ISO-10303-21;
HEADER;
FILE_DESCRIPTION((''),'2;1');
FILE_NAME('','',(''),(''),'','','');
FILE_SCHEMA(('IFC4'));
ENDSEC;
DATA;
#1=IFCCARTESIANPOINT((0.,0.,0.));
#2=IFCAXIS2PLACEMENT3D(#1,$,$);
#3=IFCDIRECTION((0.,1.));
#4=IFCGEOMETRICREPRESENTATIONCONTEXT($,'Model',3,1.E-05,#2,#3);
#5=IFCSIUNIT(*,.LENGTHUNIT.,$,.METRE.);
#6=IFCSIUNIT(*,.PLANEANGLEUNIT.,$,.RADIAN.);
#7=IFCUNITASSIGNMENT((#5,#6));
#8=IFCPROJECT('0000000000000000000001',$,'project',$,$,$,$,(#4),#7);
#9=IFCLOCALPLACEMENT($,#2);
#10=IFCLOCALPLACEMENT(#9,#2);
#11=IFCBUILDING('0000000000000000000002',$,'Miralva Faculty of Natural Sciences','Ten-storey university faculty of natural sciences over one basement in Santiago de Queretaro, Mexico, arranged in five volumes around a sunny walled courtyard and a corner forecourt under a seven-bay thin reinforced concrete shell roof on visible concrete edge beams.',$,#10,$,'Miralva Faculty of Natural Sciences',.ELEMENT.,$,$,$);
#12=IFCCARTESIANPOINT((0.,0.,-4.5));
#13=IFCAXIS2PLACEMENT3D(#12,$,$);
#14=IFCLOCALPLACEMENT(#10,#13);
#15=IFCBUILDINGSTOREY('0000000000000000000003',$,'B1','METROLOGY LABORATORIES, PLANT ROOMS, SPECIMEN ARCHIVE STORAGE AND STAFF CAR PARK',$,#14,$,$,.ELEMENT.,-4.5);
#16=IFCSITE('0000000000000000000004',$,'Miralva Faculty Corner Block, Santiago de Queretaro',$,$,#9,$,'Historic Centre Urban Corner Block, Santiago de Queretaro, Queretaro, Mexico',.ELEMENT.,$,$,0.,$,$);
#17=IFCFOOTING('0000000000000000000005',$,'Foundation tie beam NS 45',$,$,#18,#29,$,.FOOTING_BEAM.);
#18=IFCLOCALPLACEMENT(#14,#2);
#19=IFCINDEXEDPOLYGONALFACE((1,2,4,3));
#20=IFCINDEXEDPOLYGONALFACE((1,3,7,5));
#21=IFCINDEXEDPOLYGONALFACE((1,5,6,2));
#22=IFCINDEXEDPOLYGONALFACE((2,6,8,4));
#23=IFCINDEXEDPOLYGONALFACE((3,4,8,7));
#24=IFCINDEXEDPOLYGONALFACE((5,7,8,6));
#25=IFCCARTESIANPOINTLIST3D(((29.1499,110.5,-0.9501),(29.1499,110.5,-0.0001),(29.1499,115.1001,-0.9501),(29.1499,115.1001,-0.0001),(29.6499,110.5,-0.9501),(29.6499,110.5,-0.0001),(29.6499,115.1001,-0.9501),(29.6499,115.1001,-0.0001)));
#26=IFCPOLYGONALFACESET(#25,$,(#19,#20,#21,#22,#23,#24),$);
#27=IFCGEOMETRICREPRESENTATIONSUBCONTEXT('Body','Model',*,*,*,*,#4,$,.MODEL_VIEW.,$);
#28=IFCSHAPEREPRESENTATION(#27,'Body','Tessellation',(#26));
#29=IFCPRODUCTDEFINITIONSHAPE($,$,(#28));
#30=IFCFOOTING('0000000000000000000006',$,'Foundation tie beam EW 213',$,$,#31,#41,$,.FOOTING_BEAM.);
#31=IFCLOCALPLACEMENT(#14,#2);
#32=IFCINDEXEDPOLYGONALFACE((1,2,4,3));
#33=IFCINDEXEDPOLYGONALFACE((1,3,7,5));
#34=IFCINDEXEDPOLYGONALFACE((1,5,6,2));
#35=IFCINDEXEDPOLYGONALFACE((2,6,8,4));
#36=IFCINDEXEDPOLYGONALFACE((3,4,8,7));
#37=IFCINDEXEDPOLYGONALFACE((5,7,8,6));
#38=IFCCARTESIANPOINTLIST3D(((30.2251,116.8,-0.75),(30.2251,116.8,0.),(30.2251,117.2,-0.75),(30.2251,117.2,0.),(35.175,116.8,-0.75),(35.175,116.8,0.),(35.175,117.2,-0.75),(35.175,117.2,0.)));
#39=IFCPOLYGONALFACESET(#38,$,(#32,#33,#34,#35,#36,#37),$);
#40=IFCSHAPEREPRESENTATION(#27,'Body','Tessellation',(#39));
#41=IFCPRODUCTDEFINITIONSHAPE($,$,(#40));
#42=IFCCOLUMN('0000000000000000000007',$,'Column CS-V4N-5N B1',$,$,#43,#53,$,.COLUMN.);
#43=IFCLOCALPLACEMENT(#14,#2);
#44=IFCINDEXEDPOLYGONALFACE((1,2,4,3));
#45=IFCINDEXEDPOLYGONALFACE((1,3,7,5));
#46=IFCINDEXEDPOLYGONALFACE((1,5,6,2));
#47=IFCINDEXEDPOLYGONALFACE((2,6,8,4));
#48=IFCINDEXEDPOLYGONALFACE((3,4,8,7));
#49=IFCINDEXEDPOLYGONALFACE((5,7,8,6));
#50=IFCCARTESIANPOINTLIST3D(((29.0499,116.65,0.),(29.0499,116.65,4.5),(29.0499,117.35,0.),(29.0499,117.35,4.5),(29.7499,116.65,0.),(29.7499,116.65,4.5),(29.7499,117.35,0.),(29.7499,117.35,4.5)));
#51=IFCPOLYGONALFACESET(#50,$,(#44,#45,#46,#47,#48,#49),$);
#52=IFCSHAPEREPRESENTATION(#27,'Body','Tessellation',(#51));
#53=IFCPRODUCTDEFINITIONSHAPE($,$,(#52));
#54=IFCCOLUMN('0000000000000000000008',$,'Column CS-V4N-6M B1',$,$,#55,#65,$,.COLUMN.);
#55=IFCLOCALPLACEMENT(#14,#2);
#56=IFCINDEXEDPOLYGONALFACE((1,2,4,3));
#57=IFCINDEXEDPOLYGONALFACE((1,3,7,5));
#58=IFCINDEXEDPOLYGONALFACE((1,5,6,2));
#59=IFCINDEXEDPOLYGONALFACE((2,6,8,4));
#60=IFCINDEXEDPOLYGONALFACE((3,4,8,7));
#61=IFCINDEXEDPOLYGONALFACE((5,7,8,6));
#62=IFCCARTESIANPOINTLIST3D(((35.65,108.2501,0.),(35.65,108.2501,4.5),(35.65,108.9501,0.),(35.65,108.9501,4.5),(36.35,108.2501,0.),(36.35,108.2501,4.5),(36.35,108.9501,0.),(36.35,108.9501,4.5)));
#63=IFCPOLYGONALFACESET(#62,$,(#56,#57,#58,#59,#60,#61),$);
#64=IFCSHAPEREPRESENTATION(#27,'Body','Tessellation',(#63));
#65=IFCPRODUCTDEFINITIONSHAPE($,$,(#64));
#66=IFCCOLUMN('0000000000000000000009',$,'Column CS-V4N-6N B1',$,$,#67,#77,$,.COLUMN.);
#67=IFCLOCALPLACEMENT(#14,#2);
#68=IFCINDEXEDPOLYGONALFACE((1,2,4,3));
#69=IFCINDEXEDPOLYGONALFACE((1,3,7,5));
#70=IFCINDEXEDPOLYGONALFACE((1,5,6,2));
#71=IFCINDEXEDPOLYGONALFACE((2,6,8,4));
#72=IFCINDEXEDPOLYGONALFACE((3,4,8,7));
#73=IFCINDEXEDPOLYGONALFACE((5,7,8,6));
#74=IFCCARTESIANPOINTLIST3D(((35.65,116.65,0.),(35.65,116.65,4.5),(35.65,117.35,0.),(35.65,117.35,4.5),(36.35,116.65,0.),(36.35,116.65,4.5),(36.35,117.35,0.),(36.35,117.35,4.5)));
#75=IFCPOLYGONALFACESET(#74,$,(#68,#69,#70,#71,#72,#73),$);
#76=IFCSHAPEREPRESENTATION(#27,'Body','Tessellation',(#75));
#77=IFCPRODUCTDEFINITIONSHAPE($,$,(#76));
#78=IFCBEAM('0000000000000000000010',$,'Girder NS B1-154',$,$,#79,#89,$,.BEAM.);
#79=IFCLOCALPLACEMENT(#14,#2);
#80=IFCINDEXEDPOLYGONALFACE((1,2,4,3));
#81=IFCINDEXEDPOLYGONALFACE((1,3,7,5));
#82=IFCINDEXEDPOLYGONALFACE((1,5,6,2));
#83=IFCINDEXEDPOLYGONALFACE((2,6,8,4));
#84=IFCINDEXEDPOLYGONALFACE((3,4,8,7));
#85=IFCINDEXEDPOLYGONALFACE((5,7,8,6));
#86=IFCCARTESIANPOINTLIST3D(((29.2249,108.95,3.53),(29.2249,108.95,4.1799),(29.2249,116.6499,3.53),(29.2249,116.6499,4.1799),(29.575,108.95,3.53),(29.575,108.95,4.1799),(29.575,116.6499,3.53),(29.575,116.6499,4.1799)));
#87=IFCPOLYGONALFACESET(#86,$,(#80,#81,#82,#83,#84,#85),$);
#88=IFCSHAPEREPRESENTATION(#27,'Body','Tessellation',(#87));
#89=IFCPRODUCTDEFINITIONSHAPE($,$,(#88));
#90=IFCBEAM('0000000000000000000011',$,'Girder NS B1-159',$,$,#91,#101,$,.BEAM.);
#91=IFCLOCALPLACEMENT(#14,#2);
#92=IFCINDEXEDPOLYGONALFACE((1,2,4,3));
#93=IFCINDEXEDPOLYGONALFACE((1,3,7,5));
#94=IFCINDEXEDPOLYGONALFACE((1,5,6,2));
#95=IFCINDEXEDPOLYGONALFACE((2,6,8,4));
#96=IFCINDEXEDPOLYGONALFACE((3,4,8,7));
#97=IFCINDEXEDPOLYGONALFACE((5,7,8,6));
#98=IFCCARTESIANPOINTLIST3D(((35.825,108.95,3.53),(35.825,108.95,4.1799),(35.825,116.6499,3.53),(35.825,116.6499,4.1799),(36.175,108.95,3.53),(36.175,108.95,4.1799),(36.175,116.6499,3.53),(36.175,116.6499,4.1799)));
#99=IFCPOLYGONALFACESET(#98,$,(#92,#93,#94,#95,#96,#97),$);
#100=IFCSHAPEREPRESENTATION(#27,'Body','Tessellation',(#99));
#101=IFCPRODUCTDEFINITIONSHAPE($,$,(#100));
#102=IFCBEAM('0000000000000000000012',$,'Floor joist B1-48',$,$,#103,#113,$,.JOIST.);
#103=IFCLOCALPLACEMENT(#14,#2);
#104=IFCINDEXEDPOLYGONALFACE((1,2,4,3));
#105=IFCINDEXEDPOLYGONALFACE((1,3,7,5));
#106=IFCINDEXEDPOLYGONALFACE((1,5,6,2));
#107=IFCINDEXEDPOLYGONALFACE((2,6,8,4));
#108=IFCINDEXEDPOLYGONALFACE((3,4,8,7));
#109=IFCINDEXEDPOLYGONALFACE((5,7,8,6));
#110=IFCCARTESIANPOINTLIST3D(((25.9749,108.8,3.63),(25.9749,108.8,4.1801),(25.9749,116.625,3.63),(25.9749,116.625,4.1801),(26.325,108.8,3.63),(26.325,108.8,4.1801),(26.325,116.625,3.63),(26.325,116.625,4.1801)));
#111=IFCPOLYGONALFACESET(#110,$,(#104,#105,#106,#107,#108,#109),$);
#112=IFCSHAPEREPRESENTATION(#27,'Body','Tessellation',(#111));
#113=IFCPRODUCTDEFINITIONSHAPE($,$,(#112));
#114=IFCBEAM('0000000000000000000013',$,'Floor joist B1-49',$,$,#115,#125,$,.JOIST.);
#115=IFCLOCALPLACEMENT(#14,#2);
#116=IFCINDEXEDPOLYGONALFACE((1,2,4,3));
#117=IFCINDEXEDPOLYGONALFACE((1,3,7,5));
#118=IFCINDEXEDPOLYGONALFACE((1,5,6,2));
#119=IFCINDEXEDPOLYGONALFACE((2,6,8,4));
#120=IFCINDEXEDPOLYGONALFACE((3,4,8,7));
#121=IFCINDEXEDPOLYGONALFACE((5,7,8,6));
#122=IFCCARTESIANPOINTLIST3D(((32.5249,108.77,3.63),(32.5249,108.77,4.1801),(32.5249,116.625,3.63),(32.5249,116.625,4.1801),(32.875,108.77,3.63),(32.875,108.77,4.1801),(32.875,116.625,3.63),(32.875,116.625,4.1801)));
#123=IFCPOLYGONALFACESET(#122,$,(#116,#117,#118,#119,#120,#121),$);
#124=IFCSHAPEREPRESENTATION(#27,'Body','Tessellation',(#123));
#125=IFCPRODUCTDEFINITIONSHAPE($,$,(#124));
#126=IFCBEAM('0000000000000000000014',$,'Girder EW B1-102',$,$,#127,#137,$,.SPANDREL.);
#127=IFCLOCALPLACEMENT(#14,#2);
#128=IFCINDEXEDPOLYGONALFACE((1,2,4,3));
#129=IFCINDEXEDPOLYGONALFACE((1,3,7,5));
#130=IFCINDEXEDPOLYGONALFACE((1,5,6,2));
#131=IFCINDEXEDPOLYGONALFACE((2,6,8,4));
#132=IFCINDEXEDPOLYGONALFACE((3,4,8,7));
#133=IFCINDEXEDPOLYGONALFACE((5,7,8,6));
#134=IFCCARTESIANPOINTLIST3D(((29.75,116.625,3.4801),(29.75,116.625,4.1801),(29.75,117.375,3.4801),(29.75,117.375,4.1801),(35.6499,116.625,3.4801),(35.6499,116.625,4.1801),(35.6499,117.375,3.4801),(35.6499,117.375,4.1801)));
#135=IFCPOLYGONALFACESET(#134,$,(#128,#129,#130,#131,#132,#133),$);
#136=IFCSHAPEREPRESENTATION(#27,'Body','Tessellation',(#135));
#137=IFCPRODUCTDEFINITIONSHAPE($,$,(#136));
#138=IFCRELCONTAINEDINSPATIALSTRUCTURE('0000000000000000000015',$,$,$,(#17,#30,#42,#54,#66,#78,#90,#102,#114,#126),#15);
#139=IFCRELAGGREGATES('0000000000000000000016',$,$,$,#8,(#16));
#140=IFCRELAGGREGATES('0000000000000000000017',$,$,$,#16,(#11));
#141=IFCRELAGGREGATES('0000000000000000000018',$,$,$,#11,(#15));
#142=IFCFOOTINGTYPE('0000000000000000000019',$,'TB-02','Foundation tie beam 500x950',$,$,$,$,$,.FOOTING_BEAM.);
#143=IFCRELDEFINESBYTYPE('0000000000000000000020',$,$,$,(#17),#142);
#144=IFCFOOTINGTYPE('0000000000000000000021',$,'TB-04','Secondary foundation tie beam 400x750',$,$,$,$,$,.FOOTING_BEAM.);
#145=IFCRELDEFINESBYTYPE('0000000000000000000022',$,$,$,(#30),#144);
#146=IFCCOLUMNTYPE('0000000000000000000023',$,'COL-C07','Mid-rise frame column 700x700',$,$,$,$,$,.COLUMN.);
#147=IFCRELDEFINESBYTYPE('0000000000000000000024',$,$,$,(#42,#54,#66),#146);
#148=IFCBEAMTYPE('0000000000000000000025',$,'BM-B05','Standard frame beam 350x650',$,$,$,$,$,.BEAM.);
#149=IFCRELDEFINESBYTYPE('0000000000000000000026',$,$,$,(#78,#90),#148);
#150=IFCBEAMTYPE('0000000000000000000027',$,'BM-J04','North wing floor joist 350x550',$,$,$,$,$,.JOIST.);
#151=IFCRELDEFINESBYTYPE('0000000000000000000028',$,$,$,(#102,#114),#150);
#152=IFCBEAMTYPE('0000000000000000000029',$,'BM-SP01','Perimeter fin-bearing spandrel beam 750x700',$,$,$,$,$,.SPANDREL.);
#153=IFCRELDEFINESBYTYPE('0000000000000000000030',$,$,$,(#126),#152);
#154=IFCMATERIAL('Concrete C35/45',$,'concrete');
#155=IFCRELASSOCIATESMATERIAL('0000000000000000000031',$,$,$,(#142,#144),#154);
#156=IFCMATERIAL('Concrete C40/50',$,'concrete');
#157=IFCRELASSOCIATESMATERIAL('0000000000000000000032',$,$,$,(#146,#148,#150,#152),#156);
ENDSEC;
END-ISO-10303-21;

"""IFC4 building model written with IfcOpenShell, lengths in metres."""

from ifc_helpers import new_model, si_unit, direction, frame, origin, origin_2d, place, context, subcontext, project, spatial, rectangle, extrude, material, material_profile, profile_set, type_object, element, save


model = new_model("IFC4")

# Units and contexts
model_context = context("Model", 3, precision=1e-05, world=origin(), true_north=direction((0.0, 1.0)))
body_context = subcontext(model_context, "Body", "Model", "MODEL_VIEW")
ifc_project = project(units=[si_unit("LENGTHUNIT", "METRE"), si_unit("PLANEANGLEUNIT", "RADIAN")], contexts=[model_context])

# Site, building, storey
site_placement = place(None, origin())
site = spatial("IfcSite", under=ifc_project, at=site_placement, Name="Miralva Faculty Corner Block, Santiago de Queretaro", LongName="Historic Centre Urban Corner Block, Santiago de Queretaro, Queretaro, Mexico", CompositionType="ELEMENT", RefElevation=0.0)
building_placement = place(site_placement, origin())
building = spatial("IfcBuilding", under=site, at=building_placement, Name="Miralva Faculty of Natural Sciences", Description="Ten-storey university faculty of natural sciences over one basement in Santiago de Queretaro, Mexico, arranged in five volumes around a sunny walled courtyard and a corner forecourt under a seven-bay thin reinforced concrete shell roof on visible concrete edge beams.", LongName="Miralva Faculty of Natural Sciences", CompositionType="ELEMENT")
storey_placement = place(building_placement, frame((0.0, 0.0, -4.5)))
storey = spatial("IfcBuildingStorey", under=building, at=storey_placement, Name="B1", Description="METROLOGY LABORATORIES, PLANT ROOMS, SPECIMEN ARCHIVE STORAGE AND STAFF CAR PARK", CompositionType="ELEMENT", Elevation=-4.5)

# Shared definitions
ifc_material_1 = material(Name="Concrete C35/45", Category="concrete")

# Footings
ifc_material_profile_1 = material_profile(ifc_material_1, rectangle(XDim=0.5, YDim=0.95, at=origin_2d()), Name="RC 500x950")
ifc_profile_set_1 = profile_set([ifc_material_profile_1], Name="Concrete C35/45")
footing_type_1 = type_object("IfcFootingType", Name="TB-02", Description="Foundation tie beam 500x950", PredefinedType="FOOTING_BEAM", material=ifc_profile_set_1)
footing_1_placement = place(storey_placement, frame((29.3999, 110.5, -0.4751), z_axis=(0.0, 1.0, 0.0), x_axis=(-1.0, 0.0, 0.0)))
element("IfcFooting", 1, at=footing_1_placement, inside=storey, type_object=footing_type_1, Name="Foundation tie beam NS 45", PredefinedType="FOOTING_BEAM", context=body_context, shape_type="SweptSolid", body=[
    extrude(rectangle(XDim=0.5, YDim=0.95, at=origin_2d()), origin(), (0.0, 0.0, 1.0), 4.6001),
])
ifc_material_profile_2 = material_profile(ifc_material_1, rectangle(XDim=0.3999, YDim=0.75, at=origin_2d()), Name="RC 400x750")
ifc_profile_set_2 = profile_set([ifc_material_profile_2], Name="Concrete C35/45")
footing_type_2 = type_object("IfcFootingType", Name="TB-04", Description="Secondary foundation tie beam 400x750", PredefinedType="FOOTING_BEAM", material=ifc_profile_set_2)
footing_2_placement = place(storey_placement, frame((30.2251, 117.0, -0.375), z_axis=(1.0, 0.0, 0.0), x_axis=(0.0, 1.0, 0.0)))
element("IfcFooting", 2, at=footing_2_placement, inside=storey, type_object=footing_type_2, Name="Foundation tie beam EW 213", PredefinedType="FOOTING_BEAM", context=body_context, shape_type="SweptSolid", body=[
    extrude(rectangle(XDim=0.3999, YDim=0.75, at=origin_2d()), origin(), (0.0, 0.0, 1.0), 4.95),
])

# Columns
ifc_material_2 = material(Name="Concrete C40/50", Category="concrete")
ifc_material_profile_3 = material_profile(ifc_material_2, rectangle(XDim=0.7, YDim=0.7, at=origin_2d()), Name="RC 700x700")
ifc_profile_set_3 = profile_set([ifc_material_profile_3], Name="Concrete C40/50")
column_type = type_object("IfcColumnType", Name="COL-C07", Description="Mid-rise frame column 700x700", PredefinedType="COLUMN", material=ifc_profile_set_3)
for number, where, z_axis, x_axis, name in (
    (3, (29.3999, 117.0, 0.0), (0.0, 0.0, 1.0), (1.0, 0.0, 0.0), "Column CS-V4N-5N B1"),
    (4, (36.0, 108.6001, 0.0), (0.0, 0.0, 1.0), (1.0, 0.0, 0.0), "Column CS-V4N-6M B1"),
    (5, (36.0, 117.0, 0.0), (0.0, 0.0, 1.0), (1.0, 0.0, 0.0), "Column CS-V4N-6N B1"),
):
    element("IfcColumn", number, at=place(storey_placement, frame(where, z_axis=z_axis, x_axis=x_axis)), inside=storey, type_object=column_type, Name=name, PredefinedType="COLUMN", context=body_context, shape_type="SweptSolid", body=[
        extrude(rectangle(XDim=0.7, YDim=0.7, at=origin_2d()), origin(), (0.0, 0.0, 1.0), 4.5),
    ])

# Beams
ifc_material_profile_4 = material_profile(ifc_material_2, rectangle(XDim=0.3501, YDim=0.6499, at=origin_2d()), Name="RC 350x650")
ifc_profile_set_4 = profile_set([ifc_material_profile_4], Name="Concrete C40/50")
beam_type_1 = type_object("IfcBeamType", Name="BM-B05", Description="Standard frame beam 350x650", PredefinedType="BEAM", material=ifc_profile_set_4)
for number, where, z_axis, x_axis, name in (
    (6, (29.3999, 108.95, 3.855), (0.0, 1.0, 0.0), (-1.0, 0.0, 0.0), "Girder NS B1-154"),
    (7, (36.0, 108.95, 3.855), (0.0, 1.0, 0.0), (-1.0, 0.0, 0.0), "Girder NS B1-159"),
):
    element("IfcBeam", number, at=place(storey_placement, frame(where, z_axis=z_axis, x_axis=x_axis)), inside=storey, type_object=beam_type_1, Name=name, PredefinedType="BEAM", context=body_context, shape_type="SweptSolid", body=[
        extrude(rectangle(XDim=0.3501, YDim=0.6499, at=origin_2d()), origin(), (0.0, 0.0, 1.0), 7.7),
    ])
ifc_material_profile_5 = material_profile(ifc_material_2, rectangle(XDim=0.3501, YDim=0.55, at=origin_2d()), Name="RC 350x550")
ifc_profile_set_5 = profile_set([ifc_material_profile_5], Name="Concrete C40/50")
beam_type_2 = type_object("IfcBeamType", Name="BM-J04", Description="North wing floor joist 350x550", PredefinedType="JOIST", material=ifc_profile_set_5)
beam_1_placement = place(storey_placement, frame((26.1499, 108.8, 3.905), z_axis=(0.0, 1.0, 0.0), x_axis=(-1.0, 0.0, 0.0)))
element("IfcBeam", 8, at=beam_1_placement, inside=storey, type_object=beam_type_2, Name="Floor joist B1-48", PredefinedType="JOIST", context=body_context, shape_type="SweptSolid", body=[
    extrude(rectangle(XDim=0.3501, YDim=0.55, at=origin_2d()), origin(), (0.0, 0.0, 1.0), 7.825),
])
beam_2_placement = place(storey_placement, frame((32.7, 108.77, 3.905), z_axis=(0.0, 1.0, 0.0), x_axis=(-1.0, 0.0, 0.0)))
element("IfcBeam", 9, at=beam_2_placement, inside=storey, type_object=beam_type_2, Name="Floor joist B1-49", PredefinedType="JOIST", context=body_context, shape_type="SweptSolid", body=[
    extrude(rectangle(XDim=0.3501, YDim=0.55, at=origin_2d()), origin(), (0.0, 0.0, 1.0), 7.855),
])
ifc_material_profile_6 = material_profile(ifc_material_2, rectangle(XDim=0.75, YDim=0.7, at=origin_2d()), Name="RC 750x700")
ifc_profile_set_6 = profile_set([ifc_material_profile_6], Name="Concrete C40/50")
beam_type_3 = type_object("IfcBeamType", Name="BM-SP01", Description="Perimeter fin-bearing spandrel beam 750x700", PredefinedType="SPANDREL", material=ifc_profile_set_6)
beam_3_placement = place(storey_placement, frame((29.75, 117.0, 3.8301), z_axis=(1.0, 0.0, 0.0), x_axis=(0.0, 1.0, 0.0)))
element("IfcBeam", 10, at=beam_3_placement, inside=storey, type_object=beam_type_3, Name="Girder EW B1-102", PredefinedType="SPANDREL", context=body_context, shape_type="SweptSolid", body=[
    extrude(rectangle(XDim=0.75, YDim=0.7, at=origin_2d()), origin(), (0.0, 0.0, 1.0), 5.8999),
])

save(model, "model.ifc")
